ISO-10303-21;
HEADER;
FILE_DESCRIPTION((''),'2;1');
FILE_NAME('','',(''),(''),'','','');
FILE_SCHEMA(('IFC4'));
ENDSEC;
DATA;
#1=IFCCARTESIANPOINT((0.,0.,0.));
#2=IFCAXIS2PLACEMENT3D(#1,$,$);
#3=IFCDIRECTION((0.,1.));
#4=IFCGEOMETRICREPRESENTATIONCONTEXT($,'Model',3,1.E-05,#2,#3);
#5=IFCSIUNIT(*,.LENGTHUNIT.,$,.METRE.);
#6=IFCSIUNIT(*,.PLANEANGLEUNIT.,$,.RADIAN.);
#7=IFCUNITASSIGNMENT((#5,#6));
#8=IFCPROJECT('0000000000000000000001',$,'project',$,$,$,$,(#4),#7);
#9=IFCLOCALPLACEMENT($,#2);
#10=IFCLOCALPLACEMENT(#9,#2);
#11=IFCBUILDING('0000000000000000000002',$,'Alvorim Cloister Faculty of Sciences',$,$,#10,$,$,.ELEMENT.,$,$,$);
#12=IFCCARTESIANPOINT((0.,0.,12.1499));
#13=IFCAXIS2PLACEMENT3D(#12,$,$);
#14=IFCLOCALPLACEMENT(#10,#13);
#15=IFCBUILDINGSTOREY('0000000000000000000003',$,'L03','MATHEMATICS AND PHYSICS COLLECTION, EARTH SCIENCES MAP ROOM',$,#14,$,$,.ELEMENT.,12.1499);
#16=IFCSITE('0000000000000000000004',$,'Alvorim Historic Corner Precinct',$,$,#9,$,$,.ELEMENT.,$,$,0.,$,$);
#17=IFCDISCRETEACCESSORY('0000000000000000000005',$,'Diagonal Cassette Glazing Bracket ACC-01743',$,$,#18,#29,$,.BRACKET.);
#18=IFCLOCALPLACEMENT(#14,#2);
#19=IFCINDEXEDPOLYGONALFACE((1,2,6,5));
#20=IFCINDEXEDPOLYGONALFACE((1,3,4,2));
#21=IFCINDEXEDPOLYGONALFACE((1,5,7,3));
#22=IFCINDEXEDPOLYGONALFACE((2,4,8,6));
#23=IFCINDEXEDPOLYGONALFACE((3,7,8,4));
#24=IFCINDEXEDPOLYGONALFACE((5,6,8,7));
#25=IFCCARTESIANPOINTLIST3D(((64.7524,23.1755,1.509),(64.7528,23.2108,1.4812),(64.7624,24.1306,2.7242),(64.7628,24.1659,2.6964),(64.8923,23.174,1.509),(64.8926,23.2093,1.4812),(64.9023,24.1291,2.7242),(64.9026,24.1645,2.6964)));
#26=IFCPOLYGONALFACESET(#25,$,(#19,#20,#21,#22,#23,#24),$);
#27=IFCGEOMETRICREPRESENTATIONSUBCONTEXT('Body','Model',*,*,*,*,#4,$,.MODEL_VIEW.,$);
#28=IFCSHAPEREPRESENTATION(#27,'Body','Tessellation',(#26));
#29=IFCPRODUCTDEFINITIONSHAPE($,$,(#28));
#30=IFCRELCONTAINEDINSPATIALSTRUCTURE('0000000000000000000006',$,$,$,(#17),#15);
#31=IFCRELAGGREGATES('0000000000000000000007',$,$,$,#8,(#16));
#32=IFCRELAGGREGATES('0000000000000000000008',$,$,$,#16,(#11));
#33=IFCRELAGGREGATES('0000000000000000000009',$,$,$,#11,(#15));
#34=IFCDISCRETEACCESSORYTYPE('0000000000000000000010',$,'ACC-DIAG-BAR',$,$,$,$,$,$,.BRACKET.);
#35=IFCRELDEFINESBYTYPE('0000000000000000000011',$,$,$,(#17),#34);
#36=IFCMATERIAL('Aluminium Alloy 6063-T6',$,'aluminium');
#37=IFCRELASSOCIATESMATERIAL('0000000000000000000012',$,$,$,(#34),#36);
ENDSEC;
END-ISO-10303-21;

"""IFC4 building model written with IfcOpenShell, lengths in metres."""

from ifc_helpers import new_model, si_unit, direction, frame, origin, origin_2d, place, context, subcontext, project, spatial, rectangle, extrude, material, type_object, element, save


model = new_model("IFC4")

# Units and contexts
model_context = context("Model", 3, precision=1e-05, world=origin(), true_north=direction((0.0, 1.0)))
body_context = subcontext(model_context, "Body", "Model", "MODEL_VIEW")
ifc_project = project(units=[si_unit("LENGTHUNIT", "METRE"), si_unit("PLANEANGLEUNIT", "RADIAN")], contexts=[model_context])

# Site, building, storey
site_placement = place(None, origin())
site = spatial("IfcSite", under=ifc_project, at=site_placement, Name="Alvorim Historic Corner Precinct", CompositionType="ELEMENT", RefElevation=0.0)
building_placement = place(site_placement, origin())
building = spatial("IfcBuilding", under=site, at=building_placement, Name="Alvorim Cloister Faculty of Sciences", CompositionType="ELEMENT")
storey_placement = place(building_placement, frame((0.0, 0.0, 12.1499)))
storey = spatial("IfcBuildingStorey", under=building, at=storey_placement, Name="L03", Description="MATHEMATICS AND PHYSICS COLLECTION, EARTH SCIENCES MAP ROOM", CompositionType="ELEMENT", Elevation=12.1499)

# Shared definitions
ifc_material_1 = material(Name="Aluminium Alloy 6063-T6", Category="aluminium")

# Discrete accessory
discrete_accessory_type = type_object("IfcDiscreteAccessoryType", Name="ACC-DIAG-BAR", PredefinedType="BRACKET", material=ifc_material_1)
discrete_accessory_1_placement = place(storey_placement, frame((64.8225, 23.1924, 1.4951), z_axis=(0.006477, 0.617955, 0.786187), x_axis=(-0.999945, 0.01048, 0.0)))
element("IfcDiscreteAccessory", 1, at=discrete_accessory_1_placement, inside=storey, type_object=discrete_accessory_type, Name="Diagonal Cassette Glazing Bracket ACC-01743", PredefinedType="BRACKET", context=body_context, shape_type="SweptSolid", body=[
    extrude(rectangle(XDim=0.1399, YDim=0.0449, at=origin_2d()), origin(), (0.0, 0.0, 1.0), 1.5457),
])

save(model, "model.ifc")
